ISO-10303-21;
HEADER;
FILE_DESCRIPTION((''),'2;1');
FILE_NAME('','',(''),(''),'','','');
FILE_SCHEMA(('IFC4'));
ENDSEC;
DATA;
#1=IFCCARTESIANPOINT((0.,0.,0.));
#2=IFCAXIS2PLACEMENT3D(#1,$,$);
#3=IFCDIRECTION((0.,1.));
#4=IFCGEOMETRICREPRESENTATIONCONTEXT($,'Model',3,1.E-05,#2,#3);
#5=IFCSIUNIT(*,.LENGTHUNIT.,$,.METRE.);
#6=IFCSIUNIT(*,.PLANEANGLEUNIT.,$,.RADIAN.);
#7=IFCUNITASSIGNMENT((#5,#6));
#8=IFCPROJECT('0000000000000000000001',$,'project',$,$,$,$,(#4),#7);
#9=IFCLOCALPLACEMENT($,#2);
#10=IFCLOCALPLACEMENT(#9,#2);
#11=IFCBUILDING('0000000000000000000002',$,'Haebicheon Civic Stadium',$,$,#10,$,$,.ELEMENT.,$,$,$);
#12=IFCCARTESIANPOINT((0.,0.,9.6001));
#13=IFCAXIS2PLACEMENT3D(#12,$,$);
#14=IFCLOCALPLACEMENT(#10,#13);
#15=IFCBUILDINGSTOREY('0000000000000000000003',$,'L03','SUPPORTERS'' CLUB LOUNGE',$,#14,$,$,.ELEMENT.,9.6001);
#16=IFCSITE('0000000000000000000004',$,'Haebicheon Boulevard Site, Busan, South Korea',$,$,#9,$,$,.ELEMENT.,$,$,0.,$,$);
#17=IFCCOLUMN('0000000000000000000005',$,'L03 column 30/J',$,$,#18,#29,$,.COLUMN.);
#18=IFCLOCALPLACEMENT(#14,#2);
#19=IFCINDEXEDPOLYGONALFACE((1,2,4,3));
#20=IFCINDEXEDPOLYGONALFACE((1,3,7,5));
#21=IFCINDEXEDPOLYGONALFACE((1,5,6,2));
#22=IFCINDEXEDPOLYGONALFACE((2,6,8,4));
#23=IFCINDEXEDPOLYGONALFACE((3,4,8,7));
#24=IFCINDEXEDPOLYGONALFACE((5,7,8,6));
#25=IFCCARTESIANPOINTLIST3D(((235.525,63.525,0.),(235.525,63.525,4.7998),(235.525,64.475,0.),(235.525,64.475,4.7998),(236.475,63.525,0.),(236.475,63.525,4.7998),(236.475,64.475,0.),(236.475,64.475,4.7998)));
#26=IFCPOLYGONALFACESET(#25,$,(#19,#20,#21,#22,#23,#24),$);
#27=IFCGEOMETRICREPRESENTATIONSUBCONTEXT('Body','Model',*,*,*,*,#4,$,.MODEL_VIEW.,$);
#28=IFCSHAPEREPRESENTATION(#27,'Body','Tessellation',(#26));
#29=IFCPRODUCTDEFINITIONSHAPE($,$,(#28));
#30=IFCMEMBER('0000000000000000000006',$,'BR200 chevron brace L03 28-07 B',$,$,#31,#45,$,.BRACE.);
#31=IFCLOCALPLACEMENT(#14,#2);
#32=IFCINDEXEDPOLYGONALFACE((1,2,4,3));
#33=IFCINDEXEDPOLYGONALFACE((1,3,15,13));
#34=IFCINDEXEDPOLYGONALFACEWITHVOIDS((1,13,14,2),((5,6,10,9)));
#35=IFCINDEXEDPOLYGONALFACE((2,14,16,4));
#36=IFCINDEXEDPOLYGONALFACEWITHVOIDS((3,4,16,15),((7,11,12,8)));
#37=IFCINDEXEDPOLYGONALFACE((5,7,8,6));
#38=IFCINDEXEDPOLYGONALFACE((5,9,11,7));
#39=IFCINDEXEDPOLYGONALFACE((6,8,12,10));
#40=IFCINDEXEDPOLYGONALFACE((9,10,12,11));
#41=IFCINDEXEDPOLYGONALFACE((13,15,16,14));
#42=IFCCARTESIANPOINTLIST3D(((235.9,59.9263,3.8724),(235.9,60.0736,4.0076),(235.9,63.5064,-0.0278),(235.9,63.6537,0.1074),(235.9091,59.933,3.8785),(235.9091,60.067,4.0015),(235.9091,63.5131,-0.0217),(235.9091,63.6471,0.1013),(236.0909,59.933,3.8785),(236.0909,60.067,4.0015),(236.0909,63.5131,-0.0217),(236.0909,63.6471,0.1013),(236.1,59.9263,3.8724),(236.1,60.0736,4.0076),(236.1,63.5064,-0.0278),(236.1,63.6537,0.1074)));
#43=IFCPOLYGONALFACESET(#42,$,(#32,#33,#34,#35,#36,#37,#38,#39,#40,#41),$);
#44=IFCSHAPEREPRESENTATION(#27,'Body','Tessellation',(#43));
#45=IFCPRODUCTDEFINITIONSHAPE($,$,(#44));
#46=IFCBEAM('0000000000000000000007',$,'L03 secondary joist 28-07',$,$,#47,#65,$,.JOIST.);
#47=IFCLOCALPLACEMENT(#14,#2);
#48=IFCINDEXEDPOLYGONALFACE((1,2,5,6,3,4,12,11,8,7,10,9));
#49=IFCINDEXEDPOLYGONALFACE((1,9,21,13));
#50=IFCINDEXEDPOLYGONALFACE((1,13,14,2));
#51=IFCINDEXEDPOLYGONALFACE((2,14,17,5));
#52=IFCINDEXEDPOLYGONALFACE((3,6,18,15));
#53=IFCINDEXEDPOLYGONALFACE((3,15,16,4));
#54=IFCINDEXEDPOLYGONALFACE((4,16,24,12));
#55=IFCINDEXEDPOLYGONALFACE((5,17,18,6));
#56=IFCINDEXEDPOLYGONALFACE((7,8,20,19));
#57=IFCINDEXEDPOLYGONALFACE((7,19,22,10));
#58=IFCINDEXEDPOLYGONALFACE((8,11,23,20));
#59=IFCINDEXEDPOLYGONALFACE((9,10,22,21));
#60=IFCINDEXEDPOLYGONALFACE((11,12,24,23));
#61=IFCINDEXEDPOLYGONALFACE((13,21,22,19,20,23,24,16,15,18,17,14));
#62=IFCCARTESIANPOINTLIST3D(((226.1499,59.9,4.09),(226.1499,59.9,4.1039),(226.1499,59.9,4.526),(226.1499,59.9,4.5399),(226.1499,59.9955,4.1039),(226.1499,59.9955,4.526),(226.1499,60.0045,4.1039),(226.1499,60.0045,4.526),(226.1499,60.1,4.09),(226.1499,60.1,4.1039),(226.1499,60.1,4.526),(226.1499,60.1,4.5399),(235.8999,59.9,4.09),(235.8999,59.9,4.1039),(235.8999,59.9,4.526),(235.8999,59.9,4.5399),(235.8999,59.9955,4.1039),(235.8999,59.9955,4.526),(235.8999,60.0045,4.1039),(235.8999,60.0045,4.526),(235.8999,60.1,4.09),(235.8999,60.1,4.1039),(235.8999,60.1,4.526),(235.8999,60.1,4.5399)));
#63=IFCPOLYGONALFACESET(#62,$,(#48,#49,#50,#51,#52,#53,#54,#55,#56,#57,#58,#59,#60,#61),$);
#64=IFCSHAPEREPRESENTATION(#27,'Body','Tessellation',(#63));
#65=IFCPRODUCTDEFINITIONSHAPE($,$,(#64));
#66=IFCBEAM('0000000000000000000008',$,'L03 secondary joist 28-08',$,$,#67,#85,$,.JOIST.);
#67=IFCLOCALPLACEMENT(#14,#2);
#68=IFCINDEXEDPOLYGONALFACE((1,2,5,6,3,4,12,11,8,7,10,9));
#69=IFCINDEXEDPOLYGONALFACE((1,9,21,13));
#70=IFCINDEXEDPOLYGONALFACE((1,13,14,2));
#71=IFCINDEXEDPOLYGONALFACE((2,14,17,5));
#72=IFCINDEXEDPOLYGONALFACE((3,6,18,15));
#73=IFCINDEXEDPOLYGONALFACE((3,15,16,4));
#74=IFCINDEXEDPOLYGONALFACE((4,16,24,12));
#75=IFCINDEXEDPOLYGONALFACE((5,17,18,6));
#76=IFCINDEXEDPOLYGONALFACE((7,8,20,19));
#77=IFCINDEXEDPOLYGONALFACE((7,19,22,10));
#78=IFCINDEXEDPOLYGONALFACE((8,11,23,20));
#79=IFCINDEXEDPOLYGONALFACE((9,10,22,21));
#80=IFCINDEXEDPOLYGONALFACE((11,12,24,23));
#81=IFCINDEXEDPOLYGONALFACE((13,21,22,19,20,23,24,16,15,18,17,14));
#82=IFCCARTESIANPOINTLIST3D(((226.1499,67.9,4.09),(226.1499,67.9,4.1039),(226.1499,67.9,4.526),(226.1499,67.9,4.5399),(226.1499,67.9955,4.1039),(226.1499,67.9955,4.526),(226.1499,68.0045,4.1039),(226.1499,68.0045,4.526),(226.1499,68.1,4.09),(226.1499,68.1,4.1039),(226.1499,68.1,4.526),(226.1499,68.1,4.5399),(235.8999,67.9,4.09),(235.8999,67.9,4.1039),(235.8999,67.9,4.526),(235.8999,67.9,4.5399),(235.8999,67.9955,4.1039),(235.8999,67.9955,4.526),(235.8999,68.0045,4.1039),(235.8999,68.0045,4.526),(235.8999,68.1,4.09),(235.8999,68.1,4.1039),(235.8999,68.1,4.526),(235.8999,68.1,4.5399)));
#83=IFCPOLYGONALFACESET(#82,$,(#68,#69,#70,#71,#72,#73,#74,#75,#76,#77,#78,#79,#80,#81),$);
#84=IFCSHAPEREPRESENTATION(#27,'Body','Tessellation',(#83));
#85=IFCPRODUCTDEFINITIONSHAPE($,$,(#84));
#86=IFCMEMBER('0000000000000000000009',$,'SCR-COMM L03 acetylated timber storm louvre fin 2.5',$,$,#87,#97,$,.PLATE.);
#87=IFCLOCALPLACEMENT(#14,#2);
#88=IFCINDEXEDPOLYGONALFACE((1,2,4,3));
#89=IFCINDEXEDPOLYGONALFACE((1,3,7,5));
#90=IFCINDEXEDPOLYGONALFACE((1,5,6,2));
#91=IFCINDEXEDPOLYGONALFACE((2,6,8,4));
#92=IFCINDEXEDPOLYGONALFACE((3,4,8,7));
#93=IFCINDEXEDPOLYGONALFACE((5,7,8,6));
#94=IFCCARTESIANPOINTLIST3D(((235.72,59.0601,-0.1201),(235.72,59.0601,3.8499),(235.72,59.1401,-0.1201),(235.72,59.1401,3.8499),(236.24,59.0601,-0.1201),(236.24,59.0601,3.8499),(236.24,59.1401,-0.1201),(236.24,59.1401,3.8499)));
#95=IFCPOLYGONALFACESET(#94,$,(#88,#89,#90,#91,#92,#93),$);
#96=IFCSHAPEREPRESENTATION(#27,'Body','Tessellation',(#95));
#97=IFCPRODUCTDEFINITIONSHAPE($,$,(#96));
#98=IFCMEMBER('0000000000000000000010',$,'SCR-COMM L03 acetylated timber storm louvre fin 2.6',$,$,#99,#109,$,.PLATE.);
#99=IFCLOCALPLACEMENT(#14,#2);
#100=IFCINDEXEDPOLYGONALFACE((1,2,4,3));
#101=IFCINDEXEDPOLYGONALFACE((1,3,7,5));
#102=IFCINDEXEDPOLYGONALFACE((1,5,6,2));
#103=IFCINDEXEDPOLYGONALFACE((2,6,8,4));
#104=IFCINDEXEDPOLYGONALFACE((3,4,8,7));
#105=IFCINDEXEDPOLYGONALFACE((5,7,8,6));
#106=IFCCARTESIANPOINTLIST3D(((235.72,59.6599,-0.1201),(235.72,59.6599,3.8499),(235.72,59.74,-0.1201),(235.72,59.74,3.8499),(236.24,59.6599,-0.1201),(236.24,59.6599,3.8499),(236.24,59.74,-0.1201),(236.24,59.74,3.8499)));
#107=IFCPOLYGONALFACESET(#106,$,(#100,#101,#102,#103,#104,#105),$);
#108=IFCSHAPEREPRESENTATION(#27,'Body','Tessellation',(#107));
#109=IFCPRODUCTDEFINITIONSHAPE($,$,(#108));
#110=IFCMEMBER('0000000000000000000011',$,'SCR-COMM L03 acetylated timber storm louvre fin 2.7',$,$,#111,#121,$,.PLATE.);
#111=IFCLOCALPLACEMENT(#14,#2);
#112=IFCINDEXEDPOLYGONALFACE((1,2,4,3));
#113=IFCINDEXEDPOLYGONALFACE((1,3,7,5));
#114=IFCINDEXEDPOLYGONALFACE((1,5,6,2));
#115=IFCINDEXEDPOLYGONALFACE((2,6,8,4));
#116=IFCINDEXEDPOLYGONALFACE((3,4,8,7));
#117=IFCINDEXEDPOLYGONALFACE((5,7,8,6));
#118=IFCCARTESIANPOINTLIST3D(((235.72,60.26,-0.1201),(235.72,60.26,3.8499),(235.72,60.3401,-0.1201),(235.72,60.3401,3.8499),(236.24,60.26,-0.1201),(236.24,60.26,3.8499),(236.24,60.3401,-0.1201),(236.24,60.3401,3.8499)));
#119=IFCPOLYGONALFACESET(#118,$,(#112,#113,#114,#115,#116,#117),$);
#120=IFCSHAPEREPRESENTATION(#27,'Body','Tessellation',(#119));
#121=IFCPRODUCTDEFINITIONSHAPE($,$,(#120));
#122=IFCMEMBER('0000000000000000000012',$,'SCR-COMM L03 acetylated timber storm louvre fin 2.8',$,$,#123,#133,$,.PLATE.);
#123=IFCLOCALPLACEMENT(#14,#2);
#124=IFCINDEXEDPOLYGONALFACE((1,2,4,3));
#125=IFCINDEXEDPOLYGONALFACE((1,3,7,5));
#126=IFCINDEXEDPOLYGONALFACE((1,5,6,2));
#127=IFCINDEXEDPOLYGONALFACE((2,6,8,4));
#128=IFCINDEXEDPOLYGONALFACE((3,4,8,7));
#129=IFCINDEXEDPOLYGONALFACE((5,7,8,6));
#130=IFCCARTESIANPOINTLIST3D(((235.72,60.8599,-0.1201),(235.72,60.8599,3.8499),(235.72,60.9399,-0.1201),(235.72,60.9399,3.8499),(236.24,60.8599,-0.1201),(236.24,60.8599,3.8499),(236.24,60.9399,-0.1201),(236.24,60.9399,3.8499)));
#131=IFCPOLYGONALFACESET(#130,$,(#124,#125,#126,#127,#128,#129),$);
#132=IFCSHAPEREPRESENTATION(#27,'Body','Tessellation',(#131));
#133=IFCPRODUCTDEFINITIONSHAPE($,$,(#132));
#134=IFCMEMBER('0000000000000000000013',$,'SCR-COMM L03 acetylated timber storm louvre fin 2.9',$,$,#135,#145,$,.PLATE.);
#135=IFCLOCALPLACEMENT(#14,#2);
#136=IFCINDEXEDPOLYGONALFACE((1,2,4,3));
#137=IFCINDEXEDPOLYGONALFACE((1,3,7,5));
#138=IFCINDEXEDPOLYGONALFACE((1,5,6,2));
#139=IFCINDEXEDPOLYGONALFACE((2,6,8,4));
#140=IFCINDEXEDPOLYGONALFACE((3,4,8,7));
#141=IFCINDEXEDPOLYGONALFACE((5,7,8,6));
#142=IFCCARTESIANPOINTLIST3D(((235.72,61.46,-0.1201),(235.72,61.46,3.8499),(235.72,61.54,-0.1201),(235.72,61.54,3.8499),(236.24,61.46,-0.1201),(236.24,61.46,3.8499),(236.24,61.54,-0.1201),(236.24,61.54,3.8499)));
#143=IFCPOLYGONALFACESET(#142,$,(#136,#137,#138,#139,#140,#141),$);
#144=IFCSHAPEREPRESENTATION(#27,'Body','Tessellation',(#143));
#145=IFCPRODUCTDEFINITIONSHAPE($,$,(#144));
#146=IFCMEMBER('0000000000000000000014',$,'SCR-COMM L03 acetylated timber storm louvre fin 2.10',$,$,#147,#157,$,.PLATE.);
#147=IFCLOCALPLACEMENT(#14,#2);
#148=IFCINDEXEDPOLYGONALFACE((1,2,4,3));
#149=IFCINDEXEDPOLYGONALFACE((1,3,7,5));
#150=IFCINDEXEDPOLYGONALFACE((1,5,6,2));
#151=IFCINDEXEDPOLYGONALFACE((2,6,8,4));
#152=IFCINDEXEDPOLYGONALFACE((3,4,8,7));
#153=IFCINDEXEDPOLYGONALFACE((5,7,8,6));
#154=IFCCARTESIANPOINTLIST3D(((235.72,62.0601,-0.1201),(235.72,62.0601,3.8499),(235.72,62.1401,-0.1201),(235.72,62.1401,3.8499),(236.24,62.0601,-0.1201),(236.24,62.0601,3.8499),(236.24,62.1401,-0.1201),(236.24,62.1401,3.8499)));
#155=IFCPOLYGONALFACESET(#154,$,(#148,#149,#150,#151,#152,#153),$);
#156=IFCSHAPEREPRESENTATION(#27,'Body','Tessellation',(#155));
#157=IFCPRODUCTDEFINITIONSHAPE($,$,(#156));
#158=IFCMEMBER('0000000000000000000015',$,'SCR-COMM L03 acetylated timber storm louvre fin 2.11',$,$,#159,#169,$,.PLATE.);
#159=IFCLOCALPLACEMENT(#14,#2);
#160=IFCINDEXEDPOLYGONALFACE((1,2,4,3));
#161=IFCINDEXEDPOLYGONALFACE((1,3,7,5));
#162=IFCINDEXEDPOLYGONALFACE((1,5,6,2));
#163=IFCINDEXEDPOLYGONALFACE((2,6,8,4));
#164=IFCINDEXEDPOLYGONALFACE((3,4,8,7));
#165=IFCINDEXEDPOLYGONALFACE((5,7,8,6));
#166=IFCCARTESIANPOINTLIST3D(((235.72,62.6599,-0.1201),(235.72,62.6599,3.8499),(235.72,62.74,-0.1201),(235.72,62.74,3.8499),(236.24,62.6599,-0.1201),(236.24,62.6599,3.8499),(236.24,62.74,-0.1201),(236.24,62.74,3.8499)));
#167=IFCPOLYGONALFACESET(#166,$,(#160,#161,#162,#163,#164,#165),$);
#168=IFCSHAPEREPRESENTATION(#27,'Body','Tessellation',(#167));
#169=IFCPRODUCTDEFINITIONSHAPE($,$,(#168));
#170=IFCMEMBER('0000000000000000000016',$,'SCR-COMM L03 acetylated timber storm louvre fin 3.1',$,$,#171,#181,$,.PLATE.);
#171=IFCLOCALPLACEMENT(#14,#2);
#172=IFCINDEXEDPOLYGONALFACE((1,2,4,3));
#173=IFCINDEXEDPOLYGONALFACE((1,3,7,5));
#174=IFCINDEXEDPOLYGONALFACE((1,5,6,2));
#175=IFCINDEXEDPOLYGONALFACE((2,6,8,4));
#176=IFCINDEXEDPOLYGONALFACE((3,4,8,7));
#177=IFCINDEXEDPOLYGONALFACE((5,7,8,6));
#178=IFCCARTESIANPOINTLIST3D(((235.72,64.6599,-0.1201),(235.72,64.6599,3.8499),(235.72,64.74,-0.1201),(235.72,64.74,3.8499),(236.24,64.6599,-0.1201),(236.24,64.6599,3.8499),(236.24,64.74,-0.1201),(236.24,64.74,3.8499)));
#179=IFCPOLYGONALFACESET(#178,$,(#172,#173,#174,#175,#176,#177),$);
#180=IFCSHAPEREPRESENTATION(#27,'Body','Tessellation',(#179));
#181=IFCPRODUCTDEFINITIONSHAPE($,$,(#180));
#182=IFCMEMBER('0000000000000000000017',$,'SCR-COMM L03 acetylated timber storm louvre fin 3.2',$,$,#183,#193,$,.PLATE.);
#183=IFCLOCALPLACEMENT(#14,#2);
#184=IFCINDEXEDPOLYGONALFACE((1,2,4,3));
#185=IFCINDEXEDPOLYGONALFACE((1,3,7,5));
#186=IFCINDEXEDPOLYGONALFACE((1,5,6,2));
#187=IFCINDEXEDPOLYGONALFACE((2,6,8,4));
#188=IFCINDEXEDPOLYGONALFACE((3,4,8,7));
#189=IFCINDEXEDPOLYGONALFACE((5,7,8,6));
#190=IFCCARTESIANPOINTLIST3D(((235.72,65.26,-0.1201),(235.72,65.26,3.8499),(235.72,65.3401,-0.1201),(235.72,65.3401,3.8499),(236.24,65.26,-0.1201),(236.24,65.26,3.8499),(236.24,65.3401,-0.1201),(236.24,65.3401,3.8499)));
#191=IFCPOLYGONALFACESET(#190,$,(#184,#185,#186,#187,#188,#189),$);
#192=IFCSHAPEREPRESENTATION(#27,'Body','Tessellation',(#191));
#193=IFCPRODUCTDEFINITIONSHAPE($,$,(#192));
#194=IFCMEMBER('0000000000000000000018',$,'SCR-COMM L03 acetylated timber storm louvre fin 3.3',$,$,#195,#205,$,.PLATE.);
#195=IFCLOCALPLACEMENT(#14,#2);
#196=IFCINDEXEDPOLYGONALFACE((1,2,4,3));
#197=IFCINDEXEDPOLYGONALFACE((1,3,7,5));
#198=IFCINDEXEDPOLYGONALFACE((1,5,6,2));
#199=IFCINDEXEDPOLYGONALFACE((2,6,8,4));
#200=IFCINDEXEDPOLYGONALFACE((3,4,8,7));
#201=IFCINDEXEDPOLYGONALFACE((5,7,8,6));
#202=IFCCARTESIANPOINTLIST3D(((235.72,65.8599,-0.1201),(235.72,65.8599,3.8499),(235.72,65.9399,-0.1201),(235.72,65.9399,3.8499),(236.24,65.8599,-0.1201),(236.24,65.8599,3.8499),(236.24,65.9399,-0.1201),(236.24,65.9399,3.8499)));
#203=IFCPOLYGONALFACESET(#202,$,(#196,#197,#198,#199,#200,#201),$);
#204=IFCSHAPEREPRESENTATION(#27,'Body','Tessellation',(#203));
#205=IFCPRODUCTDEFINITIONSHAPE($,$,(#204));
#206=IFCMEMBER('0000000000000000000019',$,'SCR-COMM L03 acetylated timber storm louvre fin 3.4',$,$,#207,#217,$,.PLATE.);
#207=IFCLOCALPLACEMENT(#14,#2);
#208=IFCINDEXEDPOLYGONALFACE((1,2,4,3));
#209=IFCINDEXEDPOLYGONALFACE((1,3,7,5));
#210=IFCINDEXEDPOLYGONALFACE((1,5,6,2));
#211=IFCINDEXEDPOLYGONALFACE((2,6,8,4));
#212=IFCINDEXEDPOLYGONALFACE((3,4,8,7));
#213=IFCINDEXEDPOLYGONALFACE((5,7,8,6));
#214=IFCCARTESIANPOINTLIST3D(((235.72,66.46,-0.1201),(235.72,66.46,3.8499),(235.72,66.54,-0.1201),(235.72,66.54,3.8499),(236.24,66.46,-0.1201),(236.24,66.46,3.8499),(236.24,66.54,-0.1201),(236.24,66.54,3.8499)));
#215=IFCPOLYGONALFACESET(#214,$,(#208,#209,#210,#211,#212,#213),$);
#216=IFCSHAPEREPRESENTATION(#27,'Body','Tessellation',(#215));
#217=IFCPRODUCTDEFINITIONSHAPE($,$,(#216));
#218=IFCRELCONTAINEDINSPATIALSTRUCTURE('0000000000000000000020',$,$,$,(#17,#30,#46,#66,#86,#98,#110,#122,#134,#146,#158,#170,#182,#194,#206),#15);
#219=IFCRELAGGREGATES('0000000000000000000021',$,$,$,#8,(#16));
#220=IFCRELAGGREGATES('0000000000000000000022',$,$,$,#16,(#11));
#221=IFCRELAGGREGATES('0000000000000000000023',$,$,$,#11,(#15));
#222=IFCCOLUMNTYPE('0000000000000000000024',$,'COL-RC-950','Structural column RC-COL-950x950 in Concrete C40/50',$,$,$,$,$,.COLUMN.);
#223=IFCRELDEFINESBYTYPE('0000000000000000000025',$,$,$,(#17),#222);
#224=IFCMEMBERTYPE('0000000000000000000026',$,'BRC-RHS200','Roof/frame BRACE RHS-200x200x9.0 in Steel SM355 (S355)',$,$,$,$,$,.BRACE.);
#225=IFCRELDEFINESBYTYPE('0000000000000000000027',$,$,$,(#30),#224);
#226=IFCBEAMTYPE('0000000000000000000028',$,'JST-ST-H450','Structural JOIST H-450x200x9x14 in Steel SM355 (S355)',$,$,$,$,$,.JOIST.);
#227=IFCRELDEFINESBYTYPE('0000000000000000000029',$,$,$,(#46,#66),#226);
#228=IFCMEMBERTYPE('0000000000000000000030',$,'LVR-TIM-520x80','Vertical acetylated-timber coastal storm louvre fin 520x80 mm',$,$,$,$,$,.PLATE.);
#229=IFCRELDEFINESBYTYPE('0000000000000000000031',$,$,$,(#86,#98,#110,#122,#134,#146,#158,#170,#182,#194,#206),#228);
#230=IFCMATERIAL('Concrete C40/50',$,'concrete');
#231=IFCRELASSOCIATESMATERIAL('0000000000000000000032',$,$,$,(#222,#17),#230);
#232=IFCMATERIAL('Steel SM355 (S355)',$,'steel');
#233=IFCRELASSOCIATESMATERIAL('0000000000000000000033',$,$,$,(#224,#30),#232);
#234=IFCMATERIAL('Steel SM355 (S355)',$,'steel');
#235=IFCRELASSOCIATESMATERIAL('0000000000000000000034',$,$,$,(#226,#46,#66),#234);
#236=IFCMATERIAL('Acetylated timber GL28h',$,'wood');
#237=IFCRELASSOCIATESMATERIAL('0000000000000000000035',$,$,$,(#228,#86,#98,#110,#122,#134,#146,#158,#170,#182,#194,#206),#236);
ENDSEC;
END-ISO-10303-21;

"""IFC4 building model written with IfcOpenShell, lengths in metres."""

from ifc_helpers import new_model, si_unit, direction, frame, origin, origin_2d, place, context, subcontext, project, spatial, rectangle, hollow_rectangle, i_section, extrude, material, material_profile, profile_set, type_object, element, save


model = new_model("IFC4")

# Units and contexts
model_context = context("Model", 3, precision=1e-05, world=origin(), true_north=direction((0.0, 1.0)))
body_context = subcontext(model_context, "Body", "Model", "MODEL_VIEW")
ifc_project = project(units=[si_unit("LENGTHUNIT", "METRE"), si_unit("PLANEANGLEUNIT", "RADIAN")], contexts=[model_context])

# Site, building, storey
site_placement = place(None, origin())
site = spatial("IfcSite", under=ifc_project, at=site_placement, Name="Haebicheon Boulevard Site, Busan, South Korea", CompositionType="ELEMENT", RefElevation=0.0)
building_placement = place(site_placement, origin())
building = spatial("IfcBuilding", under=site, at=building_placement, Name="Haebicheon Civic Stadium", CompositionType="ELEMENT")
storey_placement = place(building_placement, frame((0.0, 0.0, 9.6001)))
storey = spatial("IfcBuildingStorey", under=building, at=storey_placement, Name="L03", Description="SUPPORTERS' CLUB LOUNGE", CompositionType="ELEMENT", Elevation=9.6001)

# Column
ifc_material_1 = material(Name="Concrete C40/50", Category="concrete")
ifc_material_profile_1 = material_profile(ifc_material_1, rectangle(XDim=0.95, YDim=0.95, at=origin_2d()), Name="RC-COL-950x950")
ifc_profile_set_1 = profile_set([ifc_material_profile_1], Name="Concrete C40/50")
column_type = type_object("IfcColumnType", Name="COL-RC-950", Description="Structural column RC-COL-950x950 in Concrete C40/50", PredefinedType="COLUMN", material=ifc_profile_set_1)
column_placement = place(storey_placement, frame((236.0, 64.0, 0.0), z_axis=(0.0, 0.0, 1.0), x_axis=(1.0, 0.0, 0.0)))
element("IfcColumn", 1, at=column_placement, inside=storey, type_object=column_type, material=ifc_profile_set_1, Name="L03 column 30/J", PredefinedType="COLUMN", context=body_context, shape_type="SweptSolid", body=[
    extrude(rectangle(XDim=0.95, YDim=0.95, at=origin_2d()), origin(), (0.0, 0.0, 1.0), 4.7998),
])

# Member
ifc_material_2 = material(Name="Steel SM355 (S355)", Category="steel")
ifc_material_profile_2 = material_profile(ifc_material_2, hollow_rectangle(XDim=0.2, YDim=0.2, WallThickness=0.009, at=origin_2d()), Name="RHS-200x200x9.0")
ifc_profile_set_2 = profile_set([ifc_material_profile_2], Name="Steel SM355 (S355)")
member_type_1 = type_object("IfcMemberType", Name="BRC-RHS200", Description="Roof/frame BRACE RHS-200x200x9.0 in Steel SM355 (S355)", PredefinedType="BRACE", material=ifc_profile_set_2)
member_placement = place(storey_placement, frame((236.0, 63.5801, 0.0398), z_axis=(0.0, -0.676232, 0.736689), x_axis=(1.0, 0.0, 0.0)))
element("IfcMember", 2, at=member_placement, inside=storey, type_object=member_type_1, material=ifc_profile_set_2, Name="BR200 chevron brace L03 28-07 B", PredefinedType="BRACE", context=body_context, shape_type="SweptSolid", body=[
    extrude(hollow_rectangle(XDim=0.2, YDim=0.2, WallThickness=0.009, at=origin_2d()), origin(), (0.0, 0.0, 1.0), 5.2942),
])

# Beams
ifc_material_3 = material(Name="Steel SM355 (S355)", Category="steel")
ifc_material_profile_3 = material_profile(ifc_material_3, i_section(OverallWidth=0.2, OverallDepth=0.45, WebThickness=0.009, FlangeThickness=0.0139, at=origin_2d()), Name="H-450x200x9x14")
ifc_profile_set_3 = profile_set([ifc_material_profile_3], Name="Steel SM355 (S355)")
beam_type_1 = type_object("IfcBeamType", Name="JST-ST-H450", Description="Structural JOIST H-450x200x9x14 in Steel SM355 (S355)", PredefinedType="JOIST", material=ifc_profile_set_3)
for number, where, z_axis, x_axis, name in (
    (3, (226.1499, 60.0, 4.3149), (1.0, 0.0, 0.0), (0.0, 1.0, 0.0), "L03 secondary joist 28-07"),
    (4, (226.1499, 68.0, 4.3149), (1.0, 0.0, 0.0), (0.0, 1.0, 0.0), "L03 secondary joist 28-08"),
):
    element("IfcBeam", number, at=place(storey_placement, frame(where, z_axis=z_axis, x_axis=x_axis)), inside=storey, type_object=beam_type_1, material=ifc_profile_set_3, Name=name, PredefinedType="JOIST", context=body_context, shape_type="SweptSolid", body=[
        extrude(i_section(OverallWidth=0.2, OverallDepth=0.45, WebThickness=0.009, FlangeThickness=0.0139, at=origin_2d()), origin(), (0.0, 0.0, 1.0), 9.75),
    ])

# Members
ifc_material_4 = material(Name="Acetylated timber GL28h", Category="wood")
ifc_material_profile_4 = material_profile(ifc_material_4, rectangle(XDim=0.0801, YDim=0.52, at=origin_2d()), Name="TMB-LOUV-80x520")
ifc_profile_set_4 = profile_set([ifc_material_profile_4], Name="Acetylated timber GL28h")
member_type_2 = type_object("IfcMemberType", Name="LVR-TIM-520x80", Description="Vertical acetylated-timber coastal storm louvre fin 520x80 mm", PredefinedType="PLATE", material=ifc_profile_set_4)
for number, where, z_axis, x_axis, name in (
    (5, (235.98, 59.1001, -0.1201), (0.0, 0.0, 1.0), (0.0, 1.0, 0.0), "SCR-COMM L03 acetylated timber storm louvre fin 2.5"),
    (6, (235.98, 59.7, -0.1201), (0.0, 0.0, 1.0), (0.0, 1.0, 0.0), "SCR-COMM L03 acetylated timber storm louvre fin 2.6"),
    (7, (235.98, 60.3, -0.1201), (0.0, 0.0, 1.0), (0.0, 1.0, 0.0), "SCR-COMM L03 acetylated timber storm louvre fin 2.7"),
    (8, (235.98, 60.8999, -0.1201), (0.0, 0.0, 1.0), (0.0, 1.0, 0.0), "SCR-COMM L03 acetylated timber storm louvre fin 2.8"),
    (9, (235.98, 61.5, -0.1201), (0.0, 0.0, 1.0), (0.0, 1.0, 0.0), "SCR-COMM L03 acetylated timber storm louvre fin 2.9"),
    (10, (235.98, 62.1001, -0.1201), (0.0, 0.0, 1.0), (0.0, 1.0, 0.0), "SCR-COMM L03 acetylated timber storm louvre fin 2.10"),
    (11, (235.98, 62.7, -0.1201), (0.0, 0.0, 1.0), (0.0, 1.0, 0.0), "SCR-COMM L03 acetylated timber storm louvre fin 2.11"),
    (12, (235.98, 64.7, -0.1201), (0.0, 0.0, 1.0), (0.0, 1.0, 0.0), "SCR-COMM L03 acetylated timber storm louvre fin 3.1"),
    (13, (235.98, 65.3, -0.1201), (0.0, 0.0, 1.0), (0.0, 1.0, 0.0), "SCR-COMM L03 acetylated timber storm louvre fin 3.2"),
    (14, (235.98, 65.8999, -0.1201), (0.0, 0.0, 1.0), (0.0, 1.0, 0.0), "SCR-COMM L03 acetylated timber storm louvre fin 3.3"),
    (15, (235.98, 66.5, -0.1201), (0.0, 0.0, 1.0), (0.0, 1.0, 0.0), "SCR-COMM L03 acetylated timber storm louvre fin 3.4"),
):
    element("IfcMember", number, at=place(storey_placement, frame(where, z_axis=z_axis, x_axis=x_axis)), inside=storey, type_object=member_type_2, material=ifc_profile_set_4, Name=name, PredefinedType="PLATE", context=body_context, shape_type="SweptSolid", body=[
        extrude(rectangle(XDim=0.0801, YDim=0.52, at=origin_2d()), origin(), (0.0, 0.0, 1.0), 3.97),
    ])

save(model, "model.ifc")
